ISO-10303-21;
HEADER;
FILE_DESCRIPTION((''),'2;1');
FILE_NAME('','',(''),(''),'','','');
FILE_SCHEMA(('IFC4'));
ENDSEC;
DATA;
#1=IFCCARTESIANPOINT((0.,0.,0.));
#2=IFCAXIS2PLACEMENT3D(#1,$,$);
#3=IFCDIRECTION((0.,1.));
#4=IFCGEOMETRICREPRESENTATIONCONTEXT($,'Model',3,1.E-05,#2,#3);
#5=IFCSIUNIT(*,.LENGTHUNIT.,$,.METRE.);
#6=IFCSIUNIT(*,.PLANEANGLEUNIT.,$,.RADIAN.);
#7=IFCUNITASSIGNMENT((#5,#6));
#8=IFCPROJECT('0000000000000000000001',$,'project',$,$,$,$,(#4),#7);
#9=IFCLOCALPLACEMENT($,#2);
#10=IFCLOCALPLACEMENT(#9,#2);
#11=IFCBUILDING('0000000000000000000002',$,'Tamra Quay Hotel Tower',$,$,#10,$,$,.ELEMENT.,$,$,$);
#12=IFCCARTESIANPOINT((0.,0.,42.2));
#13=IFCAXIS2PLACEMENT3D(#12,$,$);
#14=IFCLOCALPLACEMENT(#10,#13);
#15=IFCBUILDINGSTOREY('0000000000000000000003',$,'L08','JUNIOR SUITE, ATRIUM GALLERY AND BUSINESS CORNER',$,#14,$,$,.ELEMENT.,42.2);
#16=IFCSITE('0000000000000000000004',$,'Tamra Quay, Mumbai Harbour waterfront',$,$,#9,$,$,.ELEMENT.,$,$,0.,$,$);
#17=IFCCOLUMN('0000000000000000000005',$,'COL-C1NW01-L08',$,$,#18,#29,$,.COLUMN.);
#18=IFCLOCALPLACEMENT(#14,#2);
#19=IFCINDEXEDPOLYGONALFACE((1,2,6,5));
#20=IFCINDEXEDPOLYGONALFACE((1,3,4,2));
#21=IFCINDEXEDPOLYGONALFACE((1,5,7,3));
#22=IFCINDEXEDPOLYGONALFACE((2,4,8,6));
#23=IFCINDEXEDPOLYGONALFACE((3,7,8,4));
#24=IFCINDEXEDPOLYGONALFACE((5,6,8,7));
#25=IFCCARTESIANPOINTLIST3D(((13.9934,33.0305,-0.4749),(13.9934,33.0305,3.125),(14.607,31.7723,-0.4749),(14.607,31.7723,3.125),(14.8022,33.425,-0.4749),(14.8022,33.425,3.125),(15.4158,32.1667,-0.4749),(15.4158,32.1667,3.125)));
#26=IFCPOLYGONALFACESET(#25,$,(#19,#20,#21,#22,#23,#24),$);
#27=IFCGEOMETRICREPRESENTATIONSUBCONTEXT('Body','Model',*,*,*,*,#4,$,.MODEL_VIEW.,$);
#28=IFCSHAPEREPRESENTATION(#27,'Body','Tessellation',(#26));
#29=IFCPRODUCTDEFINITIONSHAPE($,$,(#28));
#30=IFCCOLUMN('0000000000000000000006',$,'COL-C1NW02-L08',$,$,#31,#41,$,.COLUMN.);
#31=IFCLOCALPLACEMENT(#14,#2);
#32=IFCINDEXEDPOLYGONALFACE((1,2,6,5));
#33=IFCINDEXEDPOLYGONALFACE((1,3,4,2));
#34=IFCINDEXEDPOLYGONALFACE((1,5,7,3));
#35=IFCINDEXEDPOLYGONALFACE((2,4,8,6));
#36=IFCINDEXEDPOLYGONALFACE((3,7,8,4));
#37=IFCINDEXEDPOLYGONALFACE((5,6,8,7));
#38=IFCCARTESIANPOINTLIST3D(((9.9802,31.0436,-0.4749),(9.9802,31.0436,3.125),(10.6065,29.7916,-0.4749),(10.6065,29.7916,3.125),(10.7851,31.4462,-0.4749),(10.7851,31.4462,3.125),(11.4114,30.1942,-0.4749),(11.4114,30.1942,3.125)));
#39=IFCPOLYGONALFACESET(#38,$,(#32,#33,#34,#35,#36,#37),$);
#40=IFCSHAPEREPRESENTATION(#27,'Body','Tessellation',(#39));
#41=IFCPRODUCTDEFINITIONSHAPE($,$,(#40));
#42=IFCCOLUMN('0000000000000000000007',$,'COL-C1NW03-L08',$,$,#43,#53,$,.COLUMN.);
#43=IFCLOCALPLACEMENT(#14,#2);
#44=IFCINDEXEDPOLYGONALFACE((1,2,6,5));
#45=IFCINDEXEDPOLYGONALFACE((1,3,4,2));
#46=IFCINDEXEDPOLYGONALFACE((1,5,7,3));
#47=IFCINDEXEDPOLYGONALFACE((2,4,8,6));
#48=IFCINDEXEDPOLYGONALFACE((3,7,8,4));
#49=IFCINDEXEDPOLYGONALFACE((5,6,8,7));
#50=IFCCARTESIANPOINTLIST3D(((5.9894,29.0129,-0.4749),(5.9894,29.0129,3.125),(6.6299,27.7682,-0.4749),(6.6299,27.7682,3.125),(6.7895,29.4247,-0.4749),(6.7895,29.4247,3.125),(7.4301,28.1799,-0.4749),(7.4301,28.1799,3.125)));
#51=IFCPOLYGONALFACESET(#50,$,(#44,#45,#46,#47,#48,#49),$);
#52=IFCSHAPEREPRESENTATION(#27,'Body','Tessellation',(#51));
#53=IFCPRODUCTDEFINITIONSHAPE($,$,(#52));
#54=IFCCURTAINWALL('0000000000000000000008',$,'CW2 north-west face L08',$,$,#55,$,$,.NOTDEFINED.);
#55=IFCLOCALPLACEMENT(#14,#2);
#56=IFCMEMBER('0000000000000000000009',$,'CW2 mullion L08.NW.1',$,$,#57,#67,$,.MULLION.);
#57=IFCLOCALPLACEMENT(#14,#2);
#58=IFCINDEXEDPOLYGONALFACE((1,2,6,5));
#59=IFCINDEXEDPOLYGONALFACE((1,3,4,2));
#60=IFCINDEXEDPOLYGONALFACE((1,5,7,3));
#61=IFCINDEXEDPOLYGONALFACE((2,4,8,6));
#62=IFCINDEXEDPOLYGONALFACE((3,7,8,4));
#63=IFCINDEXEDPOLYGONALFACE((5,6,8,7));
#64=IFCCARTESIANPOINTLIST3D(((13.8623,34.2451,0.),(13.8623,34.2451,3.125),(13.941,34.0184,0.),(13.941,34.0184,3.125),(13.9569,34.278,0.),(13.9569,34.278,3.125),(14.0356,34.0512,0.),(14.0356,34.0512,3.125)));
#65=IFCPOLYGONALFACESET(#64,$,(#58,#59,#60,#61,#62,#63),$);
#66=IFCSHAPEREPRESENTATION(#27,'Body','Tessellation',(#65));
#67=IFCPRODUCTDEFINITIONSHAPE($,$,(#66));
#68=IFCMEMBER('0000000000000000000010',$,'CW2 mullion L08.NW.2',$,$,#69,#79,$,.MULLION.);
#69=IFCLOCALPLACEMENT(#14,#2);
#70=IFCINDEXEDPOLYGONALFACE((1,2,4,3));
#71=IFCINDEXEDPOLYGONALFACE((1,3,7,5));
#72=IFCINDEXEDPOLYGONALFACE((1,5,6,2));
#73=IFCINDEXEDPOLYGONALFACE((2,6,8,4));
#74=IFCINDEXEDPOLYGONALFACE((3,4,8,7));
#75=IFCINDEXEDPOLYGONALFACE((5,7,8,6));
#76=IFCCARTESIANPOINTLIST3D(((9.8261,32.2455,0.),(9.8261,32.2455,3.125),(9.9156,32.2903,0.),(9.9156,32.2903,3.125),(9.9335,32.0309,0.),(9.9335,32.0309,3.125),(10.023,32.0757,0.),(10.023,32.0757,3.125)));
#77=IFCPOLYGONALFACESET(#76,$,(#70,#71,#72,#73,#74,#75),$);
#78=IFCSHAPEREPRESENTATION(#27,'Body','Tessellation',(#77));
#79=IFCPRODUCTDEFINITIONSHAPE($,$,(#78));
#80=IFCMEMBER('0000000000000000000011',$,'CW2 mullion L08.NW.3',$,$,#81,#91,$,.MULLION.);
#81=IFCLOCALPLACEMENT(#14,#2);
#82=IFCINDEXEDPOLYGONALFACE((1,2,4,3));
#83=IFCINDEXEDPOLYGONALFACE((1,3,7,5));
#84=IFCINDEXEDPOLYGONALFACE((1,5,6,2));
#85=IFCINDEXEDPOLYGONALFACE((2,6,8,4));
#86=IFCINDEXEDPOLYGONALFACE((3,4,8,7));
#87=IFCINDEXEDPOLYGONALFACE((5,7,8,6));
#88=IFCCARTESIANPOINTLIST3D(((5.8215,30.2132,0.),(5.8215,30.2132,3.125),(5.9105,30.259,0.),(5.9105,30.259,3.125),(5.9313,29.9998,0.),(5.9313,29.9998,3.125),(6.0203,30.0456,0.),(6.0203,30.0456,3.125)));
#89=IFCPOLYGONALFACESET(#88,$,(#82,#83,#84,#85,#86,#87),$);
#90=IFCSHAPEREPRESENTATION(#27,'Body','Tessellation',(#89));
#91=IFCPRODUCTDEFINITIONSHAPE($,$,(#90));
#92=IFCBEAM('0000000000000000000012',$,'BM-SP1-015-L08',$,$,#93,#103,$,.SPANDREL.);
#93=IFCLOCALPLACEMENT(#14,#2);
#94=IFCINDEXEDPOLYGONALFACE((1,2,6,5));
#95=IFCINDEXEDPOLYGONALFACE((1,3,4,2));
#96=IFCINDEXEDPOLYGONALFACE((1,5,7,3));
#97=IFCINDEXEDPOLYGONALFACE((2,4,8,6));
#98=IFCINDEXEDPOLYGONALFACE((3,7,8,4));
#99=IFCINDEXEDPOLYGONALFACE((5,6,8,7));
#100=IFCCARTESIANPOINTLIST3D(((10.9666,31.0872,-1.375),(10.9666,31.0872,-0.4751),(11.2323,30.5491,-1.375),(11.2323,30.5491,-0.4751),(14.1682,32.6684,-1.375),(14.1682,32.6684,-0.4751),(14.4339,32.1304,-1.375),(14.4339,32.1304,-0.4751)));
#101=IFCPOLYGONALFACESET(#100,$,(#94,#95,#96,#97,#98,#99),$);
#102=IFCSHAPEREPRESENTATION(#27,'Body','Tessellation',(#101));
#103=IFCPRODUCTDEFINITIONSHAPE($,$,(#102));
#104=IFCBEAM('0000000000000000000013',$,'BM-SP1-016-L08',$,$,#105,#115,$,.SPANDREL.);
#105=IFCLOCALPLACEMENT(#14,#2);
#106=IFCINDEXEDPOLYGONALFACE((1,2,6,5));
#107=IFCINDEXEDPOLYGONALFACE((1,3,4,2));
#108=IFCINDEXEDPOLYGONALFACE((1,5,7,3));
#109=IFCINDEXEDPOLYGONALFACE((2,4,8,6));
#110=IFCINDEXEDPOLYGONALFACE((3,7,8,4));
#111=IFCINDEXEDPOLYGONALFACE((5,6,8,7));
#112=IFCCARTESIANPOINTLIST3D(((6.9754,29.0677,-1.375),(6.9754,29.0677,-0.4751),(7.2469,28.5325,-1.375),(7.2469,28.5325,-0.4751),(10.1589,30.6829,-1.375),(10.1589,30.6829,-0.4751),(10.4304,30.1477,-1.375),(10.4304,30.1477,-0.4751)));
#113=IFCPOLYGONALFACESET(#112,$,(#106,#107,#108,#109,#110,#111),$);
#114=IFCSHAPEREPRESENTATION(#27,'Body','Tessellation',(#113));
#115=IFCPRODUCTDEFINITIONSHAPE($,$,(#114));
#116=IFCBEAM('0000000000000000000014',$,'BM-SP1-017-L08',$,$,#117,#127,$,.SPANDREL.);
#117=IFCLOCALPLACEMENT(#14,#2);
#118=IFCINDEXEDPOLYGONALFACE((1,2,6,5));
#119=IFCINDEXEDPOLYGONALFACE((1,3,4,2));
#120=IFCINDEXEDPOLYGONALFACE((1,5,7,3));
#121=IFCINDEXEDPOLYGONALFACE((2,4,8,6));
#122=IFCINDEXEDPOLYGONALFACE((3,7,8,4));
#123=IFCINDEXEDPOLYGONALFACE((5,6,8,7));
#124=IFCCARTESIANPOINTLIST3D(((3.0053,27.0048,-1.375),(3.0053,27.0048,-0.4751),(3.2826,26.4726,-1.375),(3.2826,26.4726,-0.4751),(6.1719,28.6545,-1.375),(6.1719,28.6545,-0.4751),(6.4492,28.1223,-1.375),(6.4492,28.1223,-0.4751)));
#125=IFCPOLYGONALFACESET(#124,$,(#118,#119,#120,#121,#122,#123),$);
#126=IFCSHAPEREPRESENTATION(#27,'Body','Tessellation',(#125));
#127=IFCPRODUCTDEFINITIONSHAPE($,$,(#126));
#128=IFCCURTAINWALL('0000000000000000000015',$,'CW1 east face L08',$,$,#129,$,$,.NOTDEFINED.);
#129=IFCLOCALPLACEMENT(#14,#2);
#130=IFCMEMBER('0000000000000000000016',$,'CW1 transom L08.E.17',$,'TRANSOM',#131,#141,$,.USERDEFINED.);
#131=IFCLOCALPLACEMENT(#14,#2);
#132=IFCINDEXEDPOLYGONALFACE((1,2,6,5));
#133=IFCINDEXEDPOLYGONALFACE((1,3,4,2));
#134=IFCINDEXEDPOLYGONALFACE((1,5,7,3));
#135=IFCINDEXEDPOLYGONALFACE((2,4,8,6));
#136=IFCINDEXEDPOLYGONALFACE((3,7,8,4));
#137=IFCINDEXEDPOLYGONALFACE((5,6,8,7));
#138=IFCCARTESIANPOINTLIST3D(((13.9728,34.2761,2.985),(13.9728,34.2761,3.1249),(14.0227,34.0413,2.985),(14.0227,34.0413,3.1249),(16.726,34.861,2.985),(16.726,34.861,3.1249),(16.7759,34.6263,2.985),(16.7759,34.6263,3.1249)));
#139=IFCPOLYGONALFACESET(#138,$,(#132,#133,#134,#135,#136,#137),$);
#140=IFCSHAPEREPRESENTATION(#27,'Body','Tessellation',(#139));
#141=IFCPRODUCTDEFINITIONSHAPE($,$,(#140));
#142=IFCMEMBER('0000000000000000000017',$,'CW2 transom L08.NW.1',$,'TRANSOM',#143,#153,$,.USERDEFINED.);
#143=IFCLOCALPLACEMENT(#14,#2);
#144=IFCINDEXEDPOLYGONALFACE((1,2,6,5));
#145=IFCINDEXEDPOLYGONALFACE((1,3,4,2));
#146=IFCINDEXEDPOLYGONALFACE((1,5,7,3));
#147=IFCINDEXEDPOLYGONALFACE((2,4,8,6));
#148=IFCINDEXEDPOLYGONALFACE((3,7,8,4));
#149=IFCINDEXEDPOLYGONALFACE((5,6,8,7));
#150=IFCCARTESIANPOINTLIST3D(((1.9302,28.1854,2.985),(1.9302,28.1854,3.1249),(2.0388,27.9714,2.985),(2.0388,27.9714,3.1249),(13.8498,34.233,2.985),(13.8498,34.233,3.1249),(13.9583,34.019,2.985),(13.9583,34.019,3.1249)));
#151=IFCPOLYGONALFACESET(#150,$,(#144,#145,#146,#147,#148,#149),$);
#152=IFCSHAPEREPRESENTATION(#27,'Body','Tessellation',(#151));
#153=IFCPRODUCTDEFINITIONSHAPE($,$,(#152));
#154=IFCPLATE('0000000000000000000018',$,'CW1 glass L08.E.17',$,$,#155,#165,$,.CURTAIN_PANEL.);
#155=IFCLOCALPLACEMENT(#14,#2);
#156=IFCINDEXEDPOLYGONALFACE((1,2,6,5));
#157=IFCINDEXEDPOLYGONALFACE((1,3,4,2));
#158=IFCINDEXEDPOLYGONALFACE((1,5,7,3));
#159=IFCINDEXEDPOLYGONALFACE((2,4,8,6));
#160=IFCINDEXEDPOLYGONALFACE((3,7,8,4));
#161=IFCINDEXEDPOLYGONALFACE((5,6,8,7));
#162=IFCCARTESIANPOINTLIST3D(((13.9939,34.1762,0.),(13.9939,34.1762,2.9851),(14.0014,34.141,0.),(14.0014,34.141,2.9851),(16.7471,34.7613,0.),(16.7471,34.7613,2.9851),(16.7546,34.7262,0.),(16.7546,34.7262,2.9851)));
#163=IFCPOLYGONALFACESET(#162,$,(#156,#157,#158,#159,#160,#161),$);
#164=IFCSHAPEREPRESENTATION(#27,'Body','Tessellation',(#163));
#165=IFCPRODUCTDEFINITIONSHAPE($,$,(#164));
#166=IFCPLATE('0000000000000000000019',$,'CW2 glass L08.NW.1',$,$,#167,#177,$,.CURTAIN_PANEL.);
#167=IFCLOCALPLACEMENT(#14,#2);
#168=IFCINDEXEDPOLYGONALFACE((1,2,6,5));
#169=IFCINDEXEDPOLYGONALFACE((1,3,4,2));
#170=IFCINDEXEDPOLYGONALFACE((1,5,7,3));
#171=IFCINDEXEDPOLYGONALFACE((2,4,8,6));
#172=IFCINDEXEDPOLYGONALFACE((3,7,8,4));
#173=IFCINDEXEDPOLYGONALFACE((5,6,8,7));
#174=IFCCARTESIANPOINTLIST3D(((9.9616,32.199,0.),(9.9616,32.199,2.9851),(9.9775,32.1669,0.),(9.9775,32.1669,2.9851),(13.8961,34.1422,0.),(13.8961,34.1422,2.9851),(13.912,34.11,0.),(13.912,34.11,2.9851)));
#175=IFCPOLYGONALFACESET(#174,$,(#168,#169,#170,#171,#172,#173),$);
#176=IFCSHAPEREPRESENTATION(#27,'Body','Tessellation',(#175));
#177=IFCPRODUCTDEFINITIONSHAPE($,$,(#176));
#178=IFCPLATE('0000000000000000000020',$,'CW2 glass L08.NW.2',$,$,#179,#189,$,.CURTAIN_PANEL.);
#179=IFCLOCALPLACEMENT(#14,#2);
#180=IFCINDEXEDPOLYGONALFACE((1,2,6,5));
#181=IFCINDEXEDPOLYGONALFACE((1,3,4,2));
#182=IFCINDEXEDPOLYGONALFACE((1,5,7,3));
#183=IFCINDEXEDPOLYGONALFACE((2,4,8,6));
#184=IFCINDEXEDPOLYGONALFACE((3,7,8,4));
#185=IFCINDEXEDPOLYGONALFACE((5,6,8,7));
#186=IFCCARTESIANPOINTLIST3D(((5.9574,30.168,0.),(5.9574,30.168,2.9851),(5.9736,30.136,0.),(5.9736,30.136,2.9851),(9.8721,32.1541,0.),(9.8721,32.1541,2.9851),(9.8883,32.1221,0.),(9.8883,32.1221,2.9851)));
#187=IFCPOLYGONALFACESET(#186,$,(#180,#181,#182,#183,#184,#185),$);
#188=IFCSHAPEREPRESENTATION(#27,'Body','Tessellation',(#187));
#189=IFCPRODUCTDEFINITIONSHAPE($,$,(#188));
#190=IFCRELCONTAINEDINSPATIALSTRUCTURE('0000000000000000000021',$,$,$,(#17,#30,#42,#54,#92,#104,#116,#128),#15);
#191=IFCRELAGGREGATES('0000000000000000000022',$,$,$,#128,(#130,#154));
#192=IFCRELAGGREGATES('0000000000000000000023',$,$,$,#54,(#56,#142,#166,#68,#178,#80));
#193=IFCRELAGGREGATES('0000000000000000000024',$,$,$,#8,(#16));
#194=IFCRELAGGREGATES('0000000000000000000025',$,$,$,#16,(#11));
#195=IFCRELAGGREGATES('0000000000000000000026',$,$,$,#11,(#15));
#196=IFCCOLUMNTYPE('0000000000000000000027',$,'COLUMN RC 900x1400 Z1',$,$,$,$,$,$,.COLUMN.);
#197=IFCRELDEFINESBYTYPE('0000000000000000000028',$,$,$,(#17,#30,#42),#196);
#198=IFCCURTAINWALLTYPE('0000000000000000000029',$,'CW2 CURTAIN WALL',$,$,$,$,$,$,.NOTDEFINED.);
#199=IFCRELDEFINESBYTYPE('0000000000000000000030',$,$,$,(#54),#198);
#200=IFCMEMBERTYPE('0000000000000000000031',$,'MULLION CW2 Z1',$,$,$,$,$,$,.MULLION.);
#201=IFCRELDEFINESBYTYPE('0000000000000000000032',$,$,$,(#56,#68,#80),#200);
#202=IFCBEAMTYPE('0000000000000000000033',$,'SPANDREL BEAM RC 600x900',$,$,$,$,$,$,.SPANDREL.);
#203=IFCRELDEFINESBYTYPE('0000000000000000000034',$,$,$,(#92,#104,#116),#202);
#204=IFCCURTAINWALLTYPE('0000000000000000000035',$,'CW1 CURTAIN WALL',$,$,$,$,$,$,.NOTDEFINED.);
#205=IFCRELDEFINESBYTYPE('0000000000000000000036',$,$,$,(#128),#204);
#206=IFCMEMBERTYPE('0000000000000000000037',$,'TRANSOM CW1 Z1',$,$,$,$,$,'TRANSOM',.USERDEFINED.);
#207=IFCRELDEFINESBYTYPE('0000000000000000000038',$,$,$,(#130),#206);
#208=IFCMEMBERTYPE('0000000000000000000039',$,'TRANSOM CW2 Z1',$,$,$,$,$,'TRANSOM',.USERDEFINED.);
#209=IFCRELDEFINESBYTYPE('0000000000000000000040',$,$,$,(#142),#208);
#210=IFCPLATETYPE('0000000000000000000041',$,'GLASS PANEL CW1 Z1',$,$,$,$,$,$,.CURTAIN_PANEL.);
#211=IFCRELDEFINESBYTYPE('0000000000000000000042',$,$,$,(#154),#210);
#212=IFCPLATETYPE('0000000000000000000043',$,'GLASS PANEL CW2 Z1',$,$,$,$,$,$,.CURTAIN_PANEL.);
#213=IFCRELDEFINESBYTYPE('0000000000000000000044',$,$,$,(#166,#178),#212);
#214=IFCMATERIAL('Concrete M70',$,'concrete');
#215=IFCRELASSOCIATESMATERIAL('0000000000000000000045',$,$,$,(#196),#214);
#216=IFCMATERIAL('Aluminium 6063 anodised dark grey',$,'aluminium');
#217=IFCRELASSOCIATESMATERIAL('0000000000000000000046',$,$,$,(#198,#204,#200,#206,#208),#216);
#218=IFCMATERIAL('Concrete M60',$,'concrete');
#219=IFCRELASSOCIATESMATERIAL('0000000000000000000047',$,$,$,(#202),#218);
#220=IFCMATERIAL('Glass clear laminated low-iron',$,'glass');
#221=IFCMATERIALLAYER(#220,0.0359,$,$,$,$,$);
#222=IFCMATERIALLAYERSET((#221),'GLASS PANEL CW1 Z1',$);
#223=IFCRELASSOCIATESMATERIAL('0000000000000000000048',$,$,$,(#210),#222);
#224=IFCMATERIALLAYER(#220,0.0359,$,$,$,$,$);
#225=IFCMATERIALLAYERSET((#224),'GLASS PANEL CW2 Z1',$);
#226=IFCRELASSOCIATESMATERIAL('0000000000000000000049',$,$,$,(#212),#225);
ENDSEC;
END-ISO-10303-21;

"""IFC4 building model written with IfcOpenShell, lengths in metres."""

from ifc_helpers import new_model, si_unit, direction, frame, origin, origin_2d, place, context, subcontext, project, spatial, rectangle, extrude, material, layer, layer_set, material_profile, profile_set, type_object, element, aggregate, save


model = new_model("IFC4")

# Units and contexts
model_context = context("Model", 3, precision=1e-05, world=origin(), true_north=direction((0.0, 1.0)))
body_context = subcontext(model_context, "Body", "Model", "MODEL_VIEW")
ifc_project = project(units=[si_unit("LENGTHUNIT", "METRE"), si_unit("PLANEANGLEUNIT", "RADIAN")], contexts=[model_context])

# Site, building, storey
site_placement = place(None, origin())
site = spatial("IfcSite", under=ifc_project, at=site_placement, Name="Tamra Quay, Mumbai Harbour waterfront", CompositionType="ELEMENT", RefElevation=0.0)
building_placement = place(site_placement, origin())
building = spatial("IfcBuilding", under=site, at=building_placement, Name="Tamra Quay Hotel Tower", CompositionType="ELEMENT")
storey_placement = place(building_placement, frame((0.0, 0.0, 42.2)))
storey = spatial("IfcBuildingStorey", under=building, at=storey_placement, Name="L08", Description="JUNIOR SUITE, ATRIUM GALLERY AND BUSINESS CORNER", CompositionType="ELEMENT", Elevation=42.2)

# Columns
ifc_material_1 = material(Name="Concrete M70", Category="concrete")
ifc_material_profile_1 = material_profile(ifc_material_1, rectangle(XDim=1.3999, YDim=0.8999, at=origin_2d()), Name="COLUMN RC 900x1400 Z1")
ifc_profile_set_1 = profile_set([ifc_material_profile_1], Name="Concrete M70")
column_type = type_object("IfcColumnType", Name="COLUMN RC 900x1400 Z1", PredefinedType="COLUMN", material=ifc_profile_set_1)
for number, where, z_axis, x_axis, name in (
    (1, (14.7046, 32.5986, -0.4749), (0.0, 0.0, 1.0), (-0.438341, 0.898809, 0.0), "COL-C1NW01-L08"),
    (2, (10.6958, 30.6189, -0.4749), (0.0, 0.0, 1.0), (-0.447377, 0.894346, 0.0), "COL-C1NW02-L08"),
    (3, (6.7097, 28.5964, -0.4749), (0.0, 0.0, 1.0), (-0.457548, 0.889185, 0.0), "COL-C1NW03-L08"),
):
    element("IfcColumn", number, at=place(storey_placement, frame(where, z_axis=z_axis, x_axis=x_axis)), inside=storey, type_object=column_type, Name=name, PredefinedType="COLUMN", context=body_context, shape_type="SweptSolid", body=[
        extrude(rectangle(XDim=1.3999, YDim=0.8999, at=origin_2d()), origin(), (0.0, 0.0, 1.0), 3.5999),
    ])

# Curtain wall, members
ifc_material_2 = material(Name="Aluminium 6063 anodised dark grey", Category="aluminium")
curtain_wall_type_1 = type_object("IfcCurtainWallType", Name="CW2 CURTAIN WALL", PredefinedType="NOTDEFINED", material=ifc_material_2)
curtain_wall_1_placement = place(storey_placement, origin())
curtain_wall_1 = element("IfcCurtainWall", 4, at=curtain_wall_1_placement, inside=storey, type_object=curtain_wall_type_1, Name="CW2 north-west face L08", PredefinedType="NOTDEFINED")
ifc_material_profile_2 = material_profile(ifc_material_2, rectangle(XDim=0.24, YDim=0.1001, at=origin_2d()), Name="MULLION 100X240")
ifc_profile_set_2 = profile_set([ifc_material_profile_2], Name="Aluminium 6063 anodised dark grey")
member_type_1 = type_object("IfcMemberType", Name="MULLION CW2 Z1", PredefinedType="MULLION", material=ifc_profile_set_2)
member_1_placement = place(storey_placement, frame((13.949, 34.1482, 0.0), z_axis=(0.0, 0.0, 1.0), x_axis=(-0.327898, 0.944713, 0.0)))
member_1 = element("IfcMember", 5, at=member_1_placement, type_object=member_type_1, Name="CW2 mullion L08.NW.1", PredefinedType="MULLION", context=body_context, shape_type="SweptSolid", body=[
    extrude(rectangle(XDim=0.24, YDim=0.1001, at=origin_2d()), origin(), (0.0, 0.0, 1.0), 3.125),
])
member_2_placement = place(storey_placement, frame((9.9246, 32.1606, 0.0), z_axis=(0.0, 0.0, 1.0), x_axis=(-0.447641, 0.894214, 0.0)))
member_2 = element("IfcMember", 6, at=member_2_placement, type_object=member_type_1, Name="CW2 mullion L08.NW.2", PredefinedType="MULLION", context=body_context, shape_type="SweptSolid", body=[
    extrude(rectangle(XDim=0.24, YDim=0.1001, at=origin_2d()), origin(), (0.0, 0.0, 1.0), 3.125),
])
member_3_placement = place(storey_placement, frame((5.9209, 30.1294, 0.0), z_axis=(0.0, 0.0, 1.0), x_axis=(-0.457254, 0.889336, 0.0)))
member_3 = element("IfcMember", 7, at=member_3_placement, type_object=member_type_1, Name="CW2 mullion L08.NW.3", PredefinedType="MULLION", context=body_context, shape_type="SweptSolid", body=[
    extrude(rectangle(XDim=0.24, YDim=0.1001, at=origin_2d()), origin(), (0.0, 0.0, 1.0), 3.125),
])

# Beams
ifc_material_3 = material(Name="Concrete M60", Category="concrete")
ifc_material_profile_3 = material_profile(ifc_material_3, rectangle(XDim=0.6001, YDim=0.8999, at=origin_2d()), Name="SPANDREL BEAM RC 600x900")
ifc_profile_set_3 = profile_set([ifc_material_profile_3], Name="Concrete M60")
beam_type = type_object("IfcBeamType", Name="SPANDREL BEAM RC 600x900", PredefinedType="SPANDREL", material=ifc_profile_set_3)
beam_1_placement = place(storey_placement, frame((14.301, 32.3994, -0.925), z_axis=(-0.896604, -0.442833, 0.0), x_axis=(0.442833, -0.896604, 0.0)))
element("IfcBeam", 8, at=beam_1_placement, inside=storey, type_object=beam_type, Name="BM-SP1-015-L08", PredefinedType="SPANDREL", context=body_context, shape_type="SweptSolid", body=[
    extrude(rectangle(XDim=0.6001, YDim=0.8999, at=origin_2d()), origin(), (0.0, 0.0, 1.0), 3.5708),
])
beam_2_placement = place(storey_placement, frame((10.2947, 30.4153, -0.925), z_axis=(-0.891786, -0.452458, 0.0), x_axis=(0.452458, -0.891786, 0.0)))
element("IfcBeam", 9, at=beam_2_placement, inside=storey, type_object=beam_type, Name="BM-SP1-016-L08", PredefinedType="SPANDREL", context=body_context, shape_type="SweptSolid", body=[
    extrude(rectangle(XDim=0.6001, YDim=0.8999, at=origin_2d()), origin(), (0.0, 0.0, 1.0), 3.5698),
])
beam_3_placement = place(storey_placement, frame((6.3105, 28.3884, -0.925), z_axis=(-0.886864, -0.462031, 0.0), x_axis=(0.462031, -0.886864, 0.0)))
element("IfcBeam", 10, at=beam_3_placement, inside=storey, type_object=beam_type, Name="BM-SP1-017-L08", PredefinedType="SPANDREL", context=body_context, shape_type="SweptSolid", body=[
    extrude(rectangle(XDim=0.6001, YDim=0.8999, at=origin_2d()), origin(), (0.0, 0.0, 1.0), 3.5706),
])

# Curtain wall, member
curtain_wall_type_2 = type_object("IfcCurtainWallType", Name="CW1 CURTAIN WALL", PredefinedType="NOTDEFINED", material=ifc_material_2)
curtain_wall_2_placement = place(storey_placement, origin())
curtain_wall_2 = element("IfcCurtainWall", 11, at=curtain_wall_2_placement, inside=storey, type_object=curtain_wall_type_2, Name="CW1 east face L08", PredefinedType="NOTDEFINED")
ifc_material_profile_4 = material_profile(ifc_material_2, rectangle(XDim=0.24, YDim=0.1399, at=origin_2d()), Name="TRANSOM 240X140")
ifc_profile_set_4 = profile_set([ifc_material_profile_4], Name="Aluminium 6063 anodised dark grey")
member_type_2 = type_object("IfcMemberType", Name="TRANSOM CW1 Z1", ElementType="TRANSOM", PredefinedType="USERDEFINED", material=ifc_profile_set_4)
member_4_placement = place(storey_placement, frame((16.751, 34.7437, 3.0549), z_axis=(-0.978165, -0.207829, 0.0), x_axis=(0.207829, -0.978165, 0.0)))
member_4 = element("IfcMember", 12, at=member_4_placement, type_object=member_type_2, Name="CW1 transom L08.E.17", ObjectType="TRANSOM", PredefinedType="USERDEFINED", context=body_context, shape_type="SweptSolid", body=[
    extrude(rectangle(XDim=0.24, YDim=0.1399, at=origin_2d()), origin(), (0.0, 0.0, 1.0), 2.8147),
])

# Member
ifc_material_profile_5 = material_profile(ifc_material_2, rectangle(XDim=0.24, YDim=0.1399, at=origin_2d()), Name="TRANSOM 240X140")
ifc_profile_set_5 = profile_set([ifc_material_profile_5], Name="Aluminium 6063 anodised dark grey")
member_type_3 = type_object("IfcMemberType", Name="TRANSOM CW2 Z1", ElementType="TRANSOM", PredefinedType="USERDEFINED", material=ifc_profile_set_5)
member_5_placement = place(storey_placement, frame((13.9041, 34.126, 3.0549), z_axis=(-0.891785, -0.452459, 0.0), x_axis=(0.452459, -0.891785, 0.0)))
member_5 = element("IfcMember", 13, at=member_5_placement, type_object=member_type_3, Name="CW2 transom L08.NW.1", ObjectType="TRANSOM", PredefinedType="USERDEFINED", context=body_context, shape_type="SweptSolid", body=[
    extrude(rectangle(XDim=0.24, YDim=0.1399, at=origin_2d()), origin(), (0.0, 0.0, 1.0), 13.366),
])

# Plates
ifc_material_4 = material(Name="Glass clear laminated low-iron", Category="glass")
ifc_layer_1 = layer(ifc_material_4, 0.0359)
ifc_layer_set_1 = layer_set([ifc_layer_1], Name="GLASS PANEL CW1 Z1")
plate_type_1 = type_object("IfcPlateType", Name="GLASS PANEL CW1 Z1", PredefinedType="CURTAIN_PANEL", material=ifc_layer_set_1)
plate_1_placement = place(storey_placement, frame((15.3743, 34.4512, 0.0), z_axis=(0.0, 0.0, 1.0), x_axis=(-0.978153, -0.207887, 0.0)))
plate_1 = element("IfcPlate", 14, at=plate_1_placement, type_object=plate_type_1, Name="CW1 glass L08.E.17", PredefinedType="CURTAIN_PANEL", context=body_context, shape_type="SweptSolid", body=[
    extrude(rectangle(XDim=2.8147, YDim=0.0359, at=origin_2d()), origin(), (0.0, 0.0, 1.0), 2.9851),
])
aggregate(curtain_wall_2, [member_4, plate_1])
ifc_layer_2 = layer(ifc_material_4, 0.0359)
ifc_layer_set_2 = layer_set([ifc_layer_2], Name="GLASS PANEL CW2 Z1")
plate_type_2 = type_object("IfcPlateType", Name="GLASS PANEL CW2 Z1", PredefinedType="CURTAIN_PANEL", material=ifc_layer_set_2)
plate_2_placement = place(storey_placement, frame((11.9368, 33.1545, 0.0), z_axis=(0.0, 0.0, 1.0), x_axis=(-0.896611, -0.442819, 0.0)))
plate_2 = element("IfcPlate", 15, at=plate_2_placement, type_object=plate_type_2, Name="CW2 glass L08.NW.1", PredefinedType="CURTAIN_PANEL", context=body_context, shape_type="SweptSolid", body=[
    extrude(rectangle(XDim=4.3882, YDim=0.0359, at=origin_2d()), origin(), (0.0, 0.0, 1.0), 2.9851),
])
plate_3_placement = place(storey_placement, frame((7.9229, 31.145, 0.0), z_axis=(0.0, 0.0, 1.0), x_axis=(-0.89179, -0.45245, 0.0)))
plate_3 = element("IfcPlate", 16, at=plate_3_placement, type_object=plate_type_2, Name="CW2 glass L08.NW.2", PredefinedType="CURTAIN_PANEL", context=body_context, shape_type="SweptSolid", body=[
    extrude(rectangle(XDim=4.3896, YDim=0.0359, at=origin_2d()), origin(), (0.0, 0.0, 1.0), 2.9851),
])
aggregate(curtain_wall_1, [member_1, member_5, plate_2, member_2, plate_3, member_3])

save(model, "model.ifc")
